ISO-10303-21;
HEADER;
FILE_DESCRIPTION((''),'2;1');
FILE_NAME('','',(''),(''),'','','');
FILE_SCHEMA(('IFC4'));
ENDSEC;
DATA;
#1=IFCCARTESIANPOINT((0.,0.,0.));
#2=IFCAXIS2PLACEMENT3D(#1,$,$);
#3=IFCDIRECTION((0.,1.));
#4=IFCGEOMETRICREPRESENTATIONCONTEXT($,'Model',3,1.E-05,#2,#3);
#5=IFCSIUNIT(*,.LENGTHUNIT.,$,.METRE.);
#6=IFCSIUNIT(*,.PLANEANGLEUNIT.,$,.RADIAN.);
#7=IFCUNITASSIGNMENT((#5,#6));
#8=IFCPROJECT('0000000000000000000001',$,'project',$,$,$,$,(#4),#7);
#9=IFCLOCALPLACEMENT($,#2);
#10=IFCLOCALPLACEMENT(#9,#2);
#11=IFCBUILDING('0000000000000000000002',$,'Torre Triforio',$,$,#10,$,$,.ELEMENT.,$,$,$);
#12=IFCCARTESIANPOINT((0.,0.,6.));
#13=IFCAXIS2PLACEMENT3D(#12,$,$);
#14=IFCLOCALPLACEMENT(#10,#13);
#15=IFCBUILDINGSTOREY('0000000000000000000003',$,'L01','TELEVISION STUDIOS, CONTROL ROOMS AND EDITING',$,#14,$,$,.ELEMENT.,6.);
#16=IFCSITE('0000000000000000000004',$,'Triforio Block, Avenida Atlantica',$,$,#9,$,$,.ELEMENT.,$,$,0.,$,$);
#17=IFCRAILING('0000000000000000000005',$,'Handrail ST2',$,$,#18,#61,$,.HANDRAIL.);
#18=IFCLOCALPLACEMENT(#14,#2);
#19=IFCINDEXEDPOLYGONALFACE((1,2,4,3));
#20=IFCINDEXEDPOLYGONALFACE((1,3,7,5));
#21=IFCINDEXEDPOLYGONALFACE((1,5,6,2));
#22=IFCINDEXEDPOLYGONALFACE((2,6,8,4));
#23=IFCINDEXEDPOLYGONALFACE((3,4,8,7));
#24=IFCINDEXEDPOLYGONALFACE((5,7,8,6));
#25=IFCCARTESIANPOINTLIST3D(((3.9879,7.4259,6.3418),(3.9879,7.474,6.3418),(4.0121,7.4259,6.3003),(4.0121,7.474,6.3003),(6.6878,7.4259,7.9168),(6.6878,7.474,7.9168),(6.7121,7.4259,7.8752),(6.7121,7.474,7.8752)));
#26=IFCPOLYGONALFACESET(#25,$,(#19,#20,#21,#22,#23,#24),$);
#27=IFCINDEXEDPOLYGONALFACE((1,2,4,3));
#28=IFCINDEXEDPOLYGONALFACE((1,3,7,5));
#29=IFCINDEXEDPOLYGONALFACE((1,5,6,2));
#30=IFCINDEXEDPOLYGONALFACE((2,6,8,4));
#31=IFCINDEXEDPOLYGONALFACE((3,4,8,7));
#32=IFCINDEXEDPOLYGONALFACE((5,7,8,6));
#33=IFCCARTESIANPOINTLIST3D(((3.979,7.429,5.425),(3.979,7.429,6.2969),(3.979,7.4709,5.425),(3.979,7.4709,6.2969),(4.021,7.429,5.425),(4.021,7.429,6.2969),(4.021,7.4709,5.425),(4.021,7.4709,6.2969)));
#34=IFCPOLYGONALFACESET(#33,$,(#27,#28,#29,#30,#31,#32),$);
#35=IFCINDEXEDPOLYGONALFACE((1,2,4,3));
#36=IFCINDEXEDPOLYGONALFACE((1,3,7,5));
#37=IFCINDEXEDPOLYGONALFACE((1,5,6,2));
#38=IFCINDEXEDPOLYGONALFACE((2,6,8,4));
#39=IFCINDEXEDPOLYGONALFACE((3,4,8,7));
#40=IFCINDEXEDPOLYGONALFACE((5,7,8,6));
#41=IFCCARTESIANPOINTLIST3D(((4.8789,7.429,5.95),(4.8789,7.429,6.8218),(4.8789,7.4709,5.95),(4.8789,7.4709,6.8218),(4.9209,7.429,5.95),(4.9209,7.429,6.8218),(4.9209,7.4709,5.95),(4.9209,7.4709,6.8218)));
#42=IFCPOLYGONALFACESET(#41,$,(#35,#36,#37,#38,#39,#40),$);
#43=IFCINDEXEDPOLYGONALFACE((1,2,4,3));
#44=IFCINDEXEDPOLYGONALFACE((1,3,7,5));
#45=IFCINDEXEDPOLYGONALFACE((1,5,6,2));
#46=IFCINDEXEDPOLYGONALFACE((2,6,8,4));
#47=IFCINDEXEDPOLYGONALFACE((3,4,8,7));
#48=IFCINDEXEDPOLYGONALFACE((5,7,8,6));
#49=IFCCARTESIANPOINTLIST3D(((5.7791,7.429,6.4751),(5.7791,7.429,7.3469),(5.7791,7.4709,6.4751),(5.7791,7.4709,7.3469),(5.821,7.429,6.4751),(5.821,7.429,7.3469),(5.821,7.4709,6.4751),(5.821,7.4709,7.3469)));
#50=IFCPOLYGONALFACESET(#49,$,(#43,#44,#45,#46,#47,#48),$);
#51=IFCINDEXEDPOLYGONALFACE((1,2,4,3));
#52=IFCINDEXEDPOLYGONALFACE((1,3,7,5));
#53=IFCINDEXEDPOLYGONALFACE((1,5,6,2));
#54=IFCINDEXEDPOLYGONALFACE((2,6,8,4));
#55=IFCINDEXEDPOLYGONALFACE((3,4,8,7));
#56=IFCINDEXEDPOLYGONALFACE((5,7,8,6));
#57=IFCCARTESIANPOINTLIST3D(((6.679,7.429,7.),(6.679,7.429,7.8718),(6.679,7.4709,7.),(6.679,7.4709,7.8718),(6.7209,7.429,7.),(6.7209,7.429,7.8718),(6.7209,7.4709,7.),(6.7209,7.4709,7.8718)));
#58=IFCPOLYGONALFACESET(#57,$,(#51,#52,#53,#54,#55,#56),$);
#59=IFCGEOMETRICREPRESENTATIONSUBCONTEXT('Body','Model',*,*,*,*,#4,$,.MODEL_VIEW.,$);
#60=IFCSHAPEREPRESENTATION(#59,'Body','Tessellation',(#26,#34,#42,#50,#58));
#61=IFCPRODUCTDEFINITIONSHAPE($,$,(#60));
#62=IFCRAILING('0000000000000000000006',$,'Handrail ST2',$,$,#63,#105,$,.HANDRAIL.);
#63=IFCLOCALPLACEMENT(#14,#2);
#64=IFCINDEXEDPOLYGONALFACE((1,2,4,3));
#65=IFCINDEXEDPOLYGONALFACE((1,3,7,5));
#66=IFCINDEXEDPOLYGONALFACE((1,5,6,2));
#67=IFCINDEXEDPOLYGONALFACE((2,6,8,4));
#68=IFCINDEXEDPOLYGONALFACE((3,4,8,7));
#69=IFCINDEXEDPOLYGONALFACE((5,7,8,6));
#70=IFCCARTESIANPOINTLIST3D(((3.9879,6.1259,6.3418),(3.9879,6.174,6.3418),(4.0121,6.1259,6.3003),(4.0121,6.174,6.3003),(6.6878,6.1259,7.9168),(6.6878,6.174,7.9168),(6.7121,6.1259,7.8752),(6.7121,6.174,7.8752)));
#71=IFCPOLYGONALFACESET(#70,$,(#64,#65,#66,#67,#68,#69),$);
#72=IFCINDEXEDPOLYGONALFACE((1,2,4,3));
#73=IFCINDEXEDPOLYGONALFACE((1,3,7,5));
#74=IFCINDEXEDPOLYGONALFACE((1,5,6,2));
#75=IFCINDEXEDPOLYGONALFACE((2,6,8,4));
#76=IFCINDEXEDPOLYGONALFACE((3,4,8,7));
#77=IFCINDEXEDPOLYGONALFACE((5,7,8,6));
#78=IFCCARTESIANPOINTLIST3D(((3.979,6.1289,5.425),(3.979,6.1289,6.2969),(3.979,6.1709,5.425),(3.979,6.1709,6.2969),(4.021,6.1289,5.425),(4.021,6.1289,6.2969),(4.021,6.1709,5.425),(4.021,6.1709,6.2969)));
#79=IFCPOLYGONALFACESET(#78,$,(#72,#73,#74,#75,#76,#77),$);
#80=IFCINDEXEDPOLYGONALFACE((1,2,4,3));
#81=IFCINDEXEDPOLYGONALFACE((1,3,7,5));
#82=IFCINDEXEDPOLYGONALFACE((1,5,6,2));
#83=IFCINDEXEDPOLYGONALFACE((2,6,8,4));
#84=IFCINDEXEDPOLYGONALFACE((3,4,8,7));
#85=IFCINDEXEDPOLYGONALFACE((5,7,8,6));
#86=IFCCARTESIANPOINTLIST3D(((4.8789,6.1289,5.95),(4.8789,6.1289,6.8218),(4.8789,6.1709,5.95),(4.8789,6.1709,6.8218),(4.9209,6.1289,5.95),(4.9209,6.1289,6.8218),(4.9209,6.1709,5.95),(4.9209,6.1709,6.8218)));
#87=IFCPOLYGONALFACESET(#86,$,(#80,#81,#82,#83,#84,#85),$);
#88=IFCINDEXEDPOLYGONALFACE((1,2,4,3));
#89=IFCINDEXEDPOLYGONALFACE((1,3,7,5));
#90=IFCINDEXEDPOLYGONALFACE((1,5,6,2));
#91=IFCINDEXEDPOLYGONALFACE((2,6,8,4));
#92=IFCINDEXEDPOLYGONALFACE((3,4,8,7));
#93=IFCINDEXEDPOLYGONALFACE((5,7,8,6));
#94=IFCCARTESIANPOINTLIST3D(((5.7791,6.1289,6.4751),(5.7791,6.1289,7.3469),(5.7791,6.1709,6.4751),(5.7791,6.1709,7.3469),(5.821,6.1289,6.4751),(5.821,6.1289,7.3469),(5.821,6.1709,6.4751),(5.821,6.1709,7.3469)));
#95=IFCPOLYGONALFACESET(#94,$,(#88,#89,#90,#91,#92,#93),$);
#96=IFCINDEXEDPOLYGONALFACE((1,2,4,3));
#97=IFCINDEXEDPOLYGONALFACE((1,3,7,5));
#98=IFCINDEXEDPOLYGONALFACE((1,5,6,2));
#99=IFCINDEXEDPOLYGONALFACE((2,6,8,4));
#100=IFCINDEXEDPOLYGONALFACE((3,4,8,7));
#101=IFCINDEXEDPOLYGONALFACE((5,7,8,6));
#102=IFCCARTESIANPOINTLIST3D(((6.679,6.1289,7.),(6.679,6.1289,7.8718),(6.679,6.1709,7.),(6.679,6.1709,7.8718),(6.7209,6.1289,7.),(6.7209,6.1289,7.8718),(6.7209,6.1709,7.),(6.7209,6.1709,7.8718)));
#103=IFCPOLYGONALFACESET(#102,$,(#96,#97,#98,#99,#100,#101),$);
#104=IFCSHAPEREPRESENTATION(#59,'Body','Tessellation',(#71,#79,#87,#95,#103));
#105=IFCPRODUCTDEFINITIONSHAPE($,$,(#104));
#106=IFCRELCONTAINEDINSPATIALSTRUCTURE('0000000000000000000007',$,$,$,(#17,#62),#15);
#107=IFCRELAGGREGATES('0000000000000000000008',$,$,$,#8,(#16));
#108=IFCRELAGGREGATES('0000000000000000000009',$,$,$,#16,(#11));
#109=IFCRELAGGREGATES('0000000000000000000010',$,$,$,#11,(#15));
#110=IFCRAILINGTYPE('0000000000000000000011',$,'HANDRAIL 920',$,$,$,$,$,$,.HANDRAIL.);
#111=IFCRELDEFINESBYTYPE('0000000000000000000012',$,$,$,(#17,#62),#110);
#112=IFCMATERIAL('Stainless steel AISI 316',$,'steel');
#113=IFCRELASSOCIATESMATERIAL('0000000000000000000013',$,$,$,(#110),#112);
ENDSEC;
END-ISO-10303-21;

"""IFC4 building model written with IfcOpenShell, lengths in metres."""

from ifc_helpers import new_model, si_unit, direction, frame, origin, origin_2d, place, context, subcontext, project, spatial, rectangle, extrude, material, type_object, element, save


model = new_model("IFC4")

# Units and contexts
model_context = context("Model", 3, precision=1e-05, world=origin(), true_north=direction((0.0, 1.0)))
body_context = subcontext(model_context, "Body", "Model", "MODEL_VIEW")
ifc_project = project(units=[si_unit("LENGTHUNIT", "METRE"), si_unit("PLANEANGLEUNIT", "RADIAN")], contexts=[model_context])

# Site, building, storey
site_placement = place(None, origin())
site = spatial("IfcSite", under=ifc_project, at=site_placement, Name="Triforio Block, Avenida Atlantica", CompositionType="ELEMENT", RefElevation=0.0)
building_placement = place(site_placement, origin())
building = spatial("IfcBuilding", under=site, at=building_placement, Name="Torre Triforio", CompositionType="ELEMENT")
storey_placement = place(building_placement, frame((0.0, 0.0, 6.0)))
storey = spatial("IfcBuildingStorey", under=building, at=storey_placement, Name="L01", Description="TELEVISION STUDIOS, CONTROL ROOMS AND EDITING", CompositionType="ELEMENT", Elevation=6.0)

# Railings
ifc_material_1 = material(Name="Stainless steel AISI 316", Category="steel")
railing_type = type_object("IfcRailingType", Name="HANDRAIL 920", PredefinedType="HANDRAIL", material=ifc_material_1)
for number, where, name in (
    (1, (4.0, 7.45, 5.425), "Handrail ST2"),
    (2, (4.0, 6.1499, 5.425), "Handrail ST2"),
):
    element("IfcRailing", number, at=place(storey_placement, frame(where)), inside=storey, type_object=railing_type, Name=name, PredefinedType="HANDRAIL", context=body_context, shape_type="SweptSolid", body=[
        extrude(rectangle(XDim=0.0481, YDim=0.0481, at=origin_2d()), frame((0.0, 0.0, 0.896), z_axis=(0.863782, 0.0, 0.503866), x_axis=(0.0, 1.0, 0.0)), (0.0, 0.0, 1.0), 3.1257),
        extrude(rectangle(XDim=0.042, YDim=0.042, at=origin_2d()), origin(), (0.0, 0.0, 1.0), 0.8718),
        extrude(rectangle(XDim=0.042, YDim=0.042, at=origin_2d()), frame((0.8999, 0.0, 0.5249)), (0.0, 0.0, 1.0), 0.8718),
        extrude(rectangle(XDim=0.042, YDim=0.042, at=origin_2d()), frame((1.8, 0.0, 1.05)), (0.0, 0.0, 1.0), 0.8718),
        extrude(rectangle(XDim=0.042, YDim=0.042, at=origin_2d()), frame((2.7, 0.0, 1.575)), (0.0, 0.0, 1.0), 0.8718),
    ])

save(model, "model.ifc")
